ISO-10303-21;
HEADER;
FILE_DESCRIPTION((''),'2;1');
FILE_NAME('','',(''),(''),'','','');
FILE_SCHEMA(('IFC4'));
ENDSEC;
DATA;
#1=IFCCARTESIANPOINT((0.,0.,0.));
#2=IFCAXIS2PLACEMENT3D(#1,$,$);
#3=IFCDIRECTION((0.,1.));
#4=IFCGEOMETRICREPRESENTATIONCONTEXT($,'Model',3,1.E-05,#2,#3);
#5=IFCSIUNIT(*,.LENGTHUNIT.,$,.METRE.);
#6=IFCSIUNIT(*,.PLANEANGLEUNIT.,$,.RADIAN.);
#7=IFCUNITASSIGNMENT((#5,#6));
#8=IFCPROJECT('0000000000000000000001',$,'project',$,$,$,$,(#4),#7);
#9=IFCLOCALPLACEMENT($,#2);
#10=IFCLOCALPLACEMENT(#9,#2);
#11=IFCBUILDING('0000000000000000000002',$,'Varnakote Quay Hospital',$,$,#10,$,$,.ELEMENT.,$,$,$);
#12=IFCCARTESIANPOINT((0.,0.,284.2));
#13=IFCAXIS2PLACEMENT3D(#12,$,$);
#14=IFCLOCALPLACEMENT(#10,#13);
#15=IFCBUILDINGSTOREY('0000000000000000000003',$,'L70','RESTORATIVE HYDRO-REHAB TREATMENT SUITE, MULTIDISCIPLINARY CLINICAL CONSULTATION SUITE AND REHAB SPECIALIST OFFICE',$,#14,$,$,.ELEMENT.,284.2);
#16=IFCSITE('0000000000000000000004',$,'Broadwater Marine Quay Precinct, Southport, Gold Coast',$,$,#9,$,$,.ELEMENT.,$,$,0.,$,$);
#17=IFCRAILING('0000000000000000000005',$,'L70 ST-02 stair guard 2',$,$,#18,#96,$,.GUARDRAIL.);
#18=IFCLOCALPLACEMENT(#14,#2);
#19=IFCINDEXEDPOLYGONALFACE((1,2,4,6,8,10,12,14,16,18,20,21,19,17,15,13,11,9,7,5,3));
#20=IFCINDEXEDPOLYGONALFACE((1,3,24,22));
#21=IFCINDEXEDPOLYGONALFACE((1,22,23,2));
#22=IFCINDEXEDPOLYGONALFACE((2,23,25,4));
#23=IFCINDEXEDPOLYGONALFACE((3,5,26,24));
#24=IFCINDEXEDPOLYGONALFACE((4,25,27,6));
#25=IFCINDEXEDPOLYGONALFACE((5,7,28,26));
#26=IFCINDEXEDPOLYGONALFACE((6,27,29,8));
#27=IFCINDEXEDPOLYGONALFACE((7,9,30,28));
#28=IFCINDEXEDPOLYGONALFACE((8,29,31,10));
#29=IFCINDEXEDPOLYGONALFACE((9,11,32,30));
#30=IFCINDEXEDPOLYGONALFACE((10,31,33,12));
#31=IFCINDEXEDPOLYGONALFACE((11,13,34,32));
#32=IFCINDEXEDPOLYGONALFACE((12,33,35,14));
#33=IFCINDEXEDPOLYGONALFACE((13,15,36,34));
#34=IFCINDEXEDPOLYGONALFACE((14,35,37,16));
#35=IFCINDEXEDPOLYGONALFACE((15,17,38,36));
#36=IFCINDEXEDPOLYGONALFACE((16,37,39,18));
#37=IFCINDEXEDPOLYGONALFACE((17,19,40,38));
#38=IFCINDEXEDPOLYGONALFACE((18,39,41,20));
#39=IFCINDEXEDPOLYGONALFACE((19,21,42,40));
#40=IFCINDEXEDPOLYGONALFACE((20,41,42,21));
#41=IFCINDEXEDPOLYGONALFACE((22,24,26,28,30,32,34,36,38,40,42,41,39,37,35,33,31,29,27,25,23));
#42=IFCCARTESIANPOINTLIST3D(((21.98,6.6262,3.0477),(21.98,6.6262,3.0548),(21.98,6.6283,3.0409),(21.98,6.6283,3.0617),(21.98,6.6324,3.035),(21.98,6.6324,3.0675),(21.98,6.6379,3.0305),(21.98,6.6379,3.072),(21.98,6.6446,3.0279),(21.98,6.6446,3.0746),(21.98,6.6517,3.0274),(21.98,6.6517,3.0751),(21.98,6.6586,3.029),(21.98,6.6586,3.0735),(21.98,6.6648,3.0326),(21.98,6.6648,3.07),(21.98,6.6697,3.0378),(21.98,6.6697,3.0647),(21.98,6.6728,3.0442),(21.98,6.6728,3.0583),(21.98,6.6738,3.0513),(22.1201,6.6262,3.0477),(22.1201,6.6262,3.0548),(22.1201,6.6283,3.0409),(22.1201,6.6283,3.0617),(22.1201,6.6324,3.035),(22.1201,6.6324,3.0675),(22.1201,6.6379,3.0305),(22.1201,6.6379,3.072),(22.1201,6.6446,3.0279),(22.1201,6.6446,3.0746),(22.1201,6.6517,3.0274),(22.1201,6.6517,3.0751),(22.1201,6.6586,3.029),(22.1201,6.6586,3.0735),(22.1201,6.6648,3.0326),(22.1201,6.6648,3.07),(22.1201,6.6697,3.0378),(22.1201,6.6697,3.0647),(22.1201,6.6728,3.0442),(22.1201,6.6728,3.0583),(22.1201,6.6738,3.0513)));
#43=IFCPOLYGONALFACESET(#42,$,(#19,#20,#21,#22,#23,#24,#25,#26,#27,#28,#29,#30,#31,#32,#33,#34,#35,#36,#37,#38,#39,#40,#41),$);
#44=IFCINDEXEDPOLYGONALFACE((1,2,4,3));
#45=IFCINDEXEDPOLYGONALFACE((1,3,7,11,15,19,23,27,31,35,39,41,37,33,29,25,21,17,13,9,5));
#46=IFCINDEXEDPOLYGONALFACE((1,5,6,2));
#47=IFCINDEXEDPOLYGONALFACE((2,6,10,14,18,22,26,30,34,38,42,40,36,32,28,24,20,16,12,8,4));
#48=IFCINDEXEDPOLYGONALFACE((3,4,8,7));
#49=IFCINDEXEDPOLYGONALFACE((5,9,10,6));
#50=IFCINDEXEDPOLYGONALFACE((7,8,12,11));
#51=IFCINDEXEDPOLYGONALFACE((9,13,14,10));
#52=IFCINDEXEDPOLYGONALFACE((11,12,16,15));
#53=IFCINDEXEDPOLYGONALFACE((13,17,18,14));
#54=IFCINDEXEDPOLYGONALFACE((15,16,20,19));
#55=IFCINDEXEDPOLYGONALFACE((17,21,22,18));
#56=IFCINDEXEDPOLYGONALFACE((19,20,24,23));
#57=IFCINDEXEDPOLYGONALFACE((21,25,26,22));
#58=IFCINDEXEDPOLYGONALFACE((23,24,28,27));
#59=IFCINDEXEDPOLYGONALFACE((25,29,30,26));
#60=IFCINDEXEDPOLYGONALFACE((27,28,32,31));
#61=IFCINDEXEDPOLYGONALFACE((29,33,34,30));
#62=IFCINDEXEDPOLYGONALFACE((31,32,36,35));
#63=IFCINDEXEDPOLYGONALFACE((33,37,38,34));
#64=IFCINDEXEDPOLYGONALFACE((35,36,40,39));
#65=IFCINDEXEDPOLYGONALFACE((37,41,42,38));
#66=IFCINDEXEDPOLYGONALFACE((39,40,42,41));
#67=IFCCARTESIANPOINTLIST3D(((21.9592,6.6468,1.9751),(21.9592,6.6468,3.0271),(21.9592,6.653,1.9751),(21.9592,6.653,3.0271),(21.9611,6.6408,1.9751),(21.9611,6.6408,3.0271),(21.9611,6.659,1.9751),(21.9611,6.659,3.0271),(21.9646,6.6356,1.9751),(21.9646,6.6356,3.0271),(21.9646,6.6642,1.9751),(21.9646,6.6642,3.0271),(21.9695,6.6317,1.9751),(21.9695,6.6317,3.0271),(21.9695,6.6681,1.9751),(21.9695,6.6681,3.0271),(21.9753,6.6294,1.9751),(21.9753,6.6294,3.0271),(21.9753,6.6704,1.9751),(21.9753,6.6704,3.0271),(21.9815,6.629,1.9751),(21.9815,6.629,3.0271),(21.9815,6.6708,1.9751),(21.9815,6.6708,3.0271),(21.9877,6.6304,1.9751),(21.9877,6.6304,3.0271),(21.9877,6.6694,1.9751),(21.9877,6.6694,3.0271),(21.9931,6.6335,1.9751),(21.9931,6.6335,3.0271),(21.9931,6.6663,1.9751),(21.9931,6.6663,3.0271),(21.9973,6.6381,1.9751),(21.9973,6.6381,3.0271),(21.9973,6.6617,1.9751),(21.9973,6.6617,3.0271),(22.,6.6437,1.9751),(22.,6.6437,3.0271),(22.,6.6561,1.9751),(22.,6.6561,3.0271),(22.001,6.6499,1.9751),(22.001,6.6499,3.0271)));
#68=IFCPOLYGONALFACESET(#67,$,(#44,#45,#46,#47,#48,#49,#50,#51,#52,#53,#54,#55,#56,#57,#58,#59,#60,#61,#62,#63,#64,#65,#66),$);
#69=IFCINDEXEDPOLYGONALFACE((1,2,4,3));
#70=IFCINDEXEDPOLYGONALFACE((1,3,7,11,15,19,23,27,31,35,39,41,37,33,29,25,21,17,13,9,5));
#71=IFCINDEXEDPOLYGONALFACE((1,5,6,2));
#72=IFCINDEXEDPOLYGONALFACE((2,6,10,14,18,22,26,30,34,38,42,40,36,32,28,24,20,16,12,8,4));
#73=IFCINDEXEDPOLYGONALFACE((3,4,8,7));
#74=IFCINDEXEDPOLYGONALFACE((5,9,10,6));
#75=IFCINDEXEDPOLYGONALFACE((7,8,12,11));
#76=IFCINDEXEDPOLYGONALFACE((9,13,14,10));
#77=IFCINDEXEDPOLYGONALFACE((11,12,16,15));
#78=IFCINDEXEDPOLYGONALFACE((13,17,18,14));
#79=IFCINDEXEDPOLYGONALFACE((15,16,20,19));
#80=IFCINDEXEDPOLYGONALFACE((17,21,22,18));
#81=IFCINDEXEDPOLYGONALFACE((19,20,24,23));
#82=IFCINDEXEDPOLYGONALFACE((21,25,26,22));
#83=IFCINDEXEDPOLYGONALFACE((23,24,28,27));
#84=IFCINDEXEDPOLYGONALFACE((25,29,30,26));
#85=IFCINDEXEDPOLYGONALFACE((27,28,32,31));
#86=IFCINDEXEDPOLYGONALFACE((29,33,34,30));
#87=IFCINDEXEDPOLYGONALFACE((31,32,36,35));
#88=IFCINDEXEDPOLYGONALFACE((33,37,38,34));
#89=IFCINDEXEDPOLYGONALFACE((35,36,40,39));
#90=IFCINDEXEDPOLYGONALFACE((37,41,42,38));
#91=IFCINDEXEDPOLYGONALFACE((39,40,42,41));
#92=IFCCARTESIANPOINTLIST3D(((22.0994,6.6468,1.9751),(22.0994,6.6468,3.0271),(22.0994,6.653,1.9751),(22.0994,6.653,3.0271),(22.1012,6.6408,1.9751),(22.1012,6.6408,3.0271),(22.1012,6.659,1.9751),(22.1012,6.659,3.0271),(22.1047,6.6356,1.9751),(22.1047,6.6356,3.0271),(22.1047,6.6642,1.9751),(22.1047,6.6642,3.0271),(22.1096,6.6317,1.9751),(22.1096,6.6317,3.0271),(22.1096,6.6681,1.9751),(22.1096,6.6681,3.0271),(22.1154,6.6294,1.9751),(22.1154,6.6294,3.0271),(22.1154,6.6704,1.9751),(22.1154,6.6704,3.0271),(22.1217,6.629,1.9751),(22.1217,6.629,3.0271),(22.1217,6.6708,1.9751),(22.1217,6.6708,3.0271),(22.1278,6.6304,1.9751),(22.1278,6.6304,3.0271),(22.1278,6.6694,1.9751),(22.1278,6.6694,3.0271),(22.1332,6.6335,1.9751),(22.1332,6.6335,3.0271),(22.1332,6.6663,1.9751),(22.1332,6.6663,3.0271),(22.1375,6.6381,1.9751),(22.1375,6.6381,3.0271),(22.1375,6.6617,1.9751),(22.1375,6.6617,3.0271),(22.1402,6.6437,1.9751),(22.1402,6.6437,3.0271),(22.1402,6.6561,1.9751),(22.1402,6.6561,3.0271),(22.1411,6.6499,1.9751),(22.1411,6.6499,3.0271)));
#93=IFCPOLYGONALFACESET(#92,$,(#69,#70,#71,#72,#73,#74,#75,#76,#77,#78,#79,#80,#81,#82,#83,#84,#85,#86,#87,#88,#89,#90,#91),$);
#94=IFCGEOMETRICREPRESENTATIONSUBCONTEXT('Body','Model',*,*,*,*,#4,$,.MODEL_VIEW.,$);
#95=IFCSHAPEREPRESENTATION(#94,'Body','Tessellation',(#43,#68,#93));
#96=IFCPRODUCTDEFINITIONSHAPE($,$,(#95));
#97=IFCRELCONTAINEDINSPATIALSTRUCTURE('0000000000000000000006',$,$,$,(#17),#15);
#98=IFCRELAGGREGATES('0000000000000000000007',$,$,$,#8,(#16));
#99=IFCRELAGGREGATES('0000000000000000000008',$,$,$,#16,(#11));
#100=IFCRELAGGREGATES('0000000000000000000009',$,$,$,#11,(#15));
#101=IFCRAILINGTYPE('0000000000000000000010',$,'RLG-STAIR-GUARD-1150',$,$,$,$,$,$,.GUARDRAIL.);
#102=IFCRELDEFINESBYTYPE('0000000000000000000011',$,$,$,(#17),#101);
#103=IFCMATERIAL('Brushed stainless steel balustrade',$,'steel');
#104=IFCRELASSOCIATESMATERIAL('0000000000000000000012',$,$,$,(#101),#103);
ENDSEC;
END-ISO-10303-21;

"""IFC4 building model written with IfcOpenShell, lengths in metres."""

from ifc_helpers import new_model, si_unit, direction, frame, origin, origin_2d, place, context, subcontext, project, spatial, circle, extrude, material, type_object, element, save


model = new_model("IFC4")

# Units and contexts
model_context = context("Model", 3, precision=1e-05, world=origin(), true_north=direction((0.0, 1.0)))
body_context = subcontext(model_context, "Body", "Model", "MODEL_VIEW")
ifc_project = project(units=[si_unit("LENGTHUNIT", "METRE"), si_unit("PLANEANGLEUNIT", "RADIAN")], contexts=[model_context])

# Site, building, storey
site_placement = place(None, origin())
site = spatial("IfcSite", under=ifc_project, at=site_placement, Name="Broadwater Marine Quay Precinct, Southport, Gold Coast", CompositionType="ELEMENT", RefElevation=0.0)
building_placement = place(site_placement, origin())
building = spatial("IfcBuilding", under=site, at=building_placement, Name="Varnakote Quay Hospital", CompositionType="ELEMENT")
storey_placement = place(building_placement, frame((0.0, 0.0, 284.2)))
storey = spatial("IfcBuildingStorey", under=building, at=storey_placement, Name="L70", Description="RESTORATIVE HYDRO-REHAB TREATMENT SUITE, MULTIDISCIPLINARY CLINICAL CONSULTATION SUITE AND REHAB SPECIALIST OFFICE", CompositionType="ELEMENT", Elevation=284.2)

# Railing
ifc_material_1 = material(Name="Brushed stainless steel balustrade", Category="steel")
railing_type_1 = type_object("IfcRailingType", Name="RLG-STAIR-GUARD-1150", PredefinedType="GUARDRAIL", material=ifc_material_1)
railing_1_placement = place(storey_placement, frame((21.98, 6.6499, 1.9751)))
element("IfcRailing", 1, at=railing_1_placement, inside=storey, type_object=railing_type_1, Name="L70 ST-02 stair guard 2", PredefinedType="GUARDRAIL", context=body_context, shape_type="SweptSolid", body=[
    extrude(circle(Radius=0.0239, at=origin_2d()), frame((0.0, 0.0, 1.0762), z_axis=(1.0, 0.0, 0.0), x_axis=(0.0, 1.0, 0.0)), (0.0, 0.0, 1.0), 0.1401),
    extrude(circle(Radius=0.021, at=origin_2d()), origin(), (0.0, 0.0, 1.0), 1.052),
    extrude(circle(Radius=0.021, at=origin_2d()), frame((0.1401, 0.0, 0.0)), (0.0, 0.0, 1.0), 1.052),
])

save(model, "model.ifc")
